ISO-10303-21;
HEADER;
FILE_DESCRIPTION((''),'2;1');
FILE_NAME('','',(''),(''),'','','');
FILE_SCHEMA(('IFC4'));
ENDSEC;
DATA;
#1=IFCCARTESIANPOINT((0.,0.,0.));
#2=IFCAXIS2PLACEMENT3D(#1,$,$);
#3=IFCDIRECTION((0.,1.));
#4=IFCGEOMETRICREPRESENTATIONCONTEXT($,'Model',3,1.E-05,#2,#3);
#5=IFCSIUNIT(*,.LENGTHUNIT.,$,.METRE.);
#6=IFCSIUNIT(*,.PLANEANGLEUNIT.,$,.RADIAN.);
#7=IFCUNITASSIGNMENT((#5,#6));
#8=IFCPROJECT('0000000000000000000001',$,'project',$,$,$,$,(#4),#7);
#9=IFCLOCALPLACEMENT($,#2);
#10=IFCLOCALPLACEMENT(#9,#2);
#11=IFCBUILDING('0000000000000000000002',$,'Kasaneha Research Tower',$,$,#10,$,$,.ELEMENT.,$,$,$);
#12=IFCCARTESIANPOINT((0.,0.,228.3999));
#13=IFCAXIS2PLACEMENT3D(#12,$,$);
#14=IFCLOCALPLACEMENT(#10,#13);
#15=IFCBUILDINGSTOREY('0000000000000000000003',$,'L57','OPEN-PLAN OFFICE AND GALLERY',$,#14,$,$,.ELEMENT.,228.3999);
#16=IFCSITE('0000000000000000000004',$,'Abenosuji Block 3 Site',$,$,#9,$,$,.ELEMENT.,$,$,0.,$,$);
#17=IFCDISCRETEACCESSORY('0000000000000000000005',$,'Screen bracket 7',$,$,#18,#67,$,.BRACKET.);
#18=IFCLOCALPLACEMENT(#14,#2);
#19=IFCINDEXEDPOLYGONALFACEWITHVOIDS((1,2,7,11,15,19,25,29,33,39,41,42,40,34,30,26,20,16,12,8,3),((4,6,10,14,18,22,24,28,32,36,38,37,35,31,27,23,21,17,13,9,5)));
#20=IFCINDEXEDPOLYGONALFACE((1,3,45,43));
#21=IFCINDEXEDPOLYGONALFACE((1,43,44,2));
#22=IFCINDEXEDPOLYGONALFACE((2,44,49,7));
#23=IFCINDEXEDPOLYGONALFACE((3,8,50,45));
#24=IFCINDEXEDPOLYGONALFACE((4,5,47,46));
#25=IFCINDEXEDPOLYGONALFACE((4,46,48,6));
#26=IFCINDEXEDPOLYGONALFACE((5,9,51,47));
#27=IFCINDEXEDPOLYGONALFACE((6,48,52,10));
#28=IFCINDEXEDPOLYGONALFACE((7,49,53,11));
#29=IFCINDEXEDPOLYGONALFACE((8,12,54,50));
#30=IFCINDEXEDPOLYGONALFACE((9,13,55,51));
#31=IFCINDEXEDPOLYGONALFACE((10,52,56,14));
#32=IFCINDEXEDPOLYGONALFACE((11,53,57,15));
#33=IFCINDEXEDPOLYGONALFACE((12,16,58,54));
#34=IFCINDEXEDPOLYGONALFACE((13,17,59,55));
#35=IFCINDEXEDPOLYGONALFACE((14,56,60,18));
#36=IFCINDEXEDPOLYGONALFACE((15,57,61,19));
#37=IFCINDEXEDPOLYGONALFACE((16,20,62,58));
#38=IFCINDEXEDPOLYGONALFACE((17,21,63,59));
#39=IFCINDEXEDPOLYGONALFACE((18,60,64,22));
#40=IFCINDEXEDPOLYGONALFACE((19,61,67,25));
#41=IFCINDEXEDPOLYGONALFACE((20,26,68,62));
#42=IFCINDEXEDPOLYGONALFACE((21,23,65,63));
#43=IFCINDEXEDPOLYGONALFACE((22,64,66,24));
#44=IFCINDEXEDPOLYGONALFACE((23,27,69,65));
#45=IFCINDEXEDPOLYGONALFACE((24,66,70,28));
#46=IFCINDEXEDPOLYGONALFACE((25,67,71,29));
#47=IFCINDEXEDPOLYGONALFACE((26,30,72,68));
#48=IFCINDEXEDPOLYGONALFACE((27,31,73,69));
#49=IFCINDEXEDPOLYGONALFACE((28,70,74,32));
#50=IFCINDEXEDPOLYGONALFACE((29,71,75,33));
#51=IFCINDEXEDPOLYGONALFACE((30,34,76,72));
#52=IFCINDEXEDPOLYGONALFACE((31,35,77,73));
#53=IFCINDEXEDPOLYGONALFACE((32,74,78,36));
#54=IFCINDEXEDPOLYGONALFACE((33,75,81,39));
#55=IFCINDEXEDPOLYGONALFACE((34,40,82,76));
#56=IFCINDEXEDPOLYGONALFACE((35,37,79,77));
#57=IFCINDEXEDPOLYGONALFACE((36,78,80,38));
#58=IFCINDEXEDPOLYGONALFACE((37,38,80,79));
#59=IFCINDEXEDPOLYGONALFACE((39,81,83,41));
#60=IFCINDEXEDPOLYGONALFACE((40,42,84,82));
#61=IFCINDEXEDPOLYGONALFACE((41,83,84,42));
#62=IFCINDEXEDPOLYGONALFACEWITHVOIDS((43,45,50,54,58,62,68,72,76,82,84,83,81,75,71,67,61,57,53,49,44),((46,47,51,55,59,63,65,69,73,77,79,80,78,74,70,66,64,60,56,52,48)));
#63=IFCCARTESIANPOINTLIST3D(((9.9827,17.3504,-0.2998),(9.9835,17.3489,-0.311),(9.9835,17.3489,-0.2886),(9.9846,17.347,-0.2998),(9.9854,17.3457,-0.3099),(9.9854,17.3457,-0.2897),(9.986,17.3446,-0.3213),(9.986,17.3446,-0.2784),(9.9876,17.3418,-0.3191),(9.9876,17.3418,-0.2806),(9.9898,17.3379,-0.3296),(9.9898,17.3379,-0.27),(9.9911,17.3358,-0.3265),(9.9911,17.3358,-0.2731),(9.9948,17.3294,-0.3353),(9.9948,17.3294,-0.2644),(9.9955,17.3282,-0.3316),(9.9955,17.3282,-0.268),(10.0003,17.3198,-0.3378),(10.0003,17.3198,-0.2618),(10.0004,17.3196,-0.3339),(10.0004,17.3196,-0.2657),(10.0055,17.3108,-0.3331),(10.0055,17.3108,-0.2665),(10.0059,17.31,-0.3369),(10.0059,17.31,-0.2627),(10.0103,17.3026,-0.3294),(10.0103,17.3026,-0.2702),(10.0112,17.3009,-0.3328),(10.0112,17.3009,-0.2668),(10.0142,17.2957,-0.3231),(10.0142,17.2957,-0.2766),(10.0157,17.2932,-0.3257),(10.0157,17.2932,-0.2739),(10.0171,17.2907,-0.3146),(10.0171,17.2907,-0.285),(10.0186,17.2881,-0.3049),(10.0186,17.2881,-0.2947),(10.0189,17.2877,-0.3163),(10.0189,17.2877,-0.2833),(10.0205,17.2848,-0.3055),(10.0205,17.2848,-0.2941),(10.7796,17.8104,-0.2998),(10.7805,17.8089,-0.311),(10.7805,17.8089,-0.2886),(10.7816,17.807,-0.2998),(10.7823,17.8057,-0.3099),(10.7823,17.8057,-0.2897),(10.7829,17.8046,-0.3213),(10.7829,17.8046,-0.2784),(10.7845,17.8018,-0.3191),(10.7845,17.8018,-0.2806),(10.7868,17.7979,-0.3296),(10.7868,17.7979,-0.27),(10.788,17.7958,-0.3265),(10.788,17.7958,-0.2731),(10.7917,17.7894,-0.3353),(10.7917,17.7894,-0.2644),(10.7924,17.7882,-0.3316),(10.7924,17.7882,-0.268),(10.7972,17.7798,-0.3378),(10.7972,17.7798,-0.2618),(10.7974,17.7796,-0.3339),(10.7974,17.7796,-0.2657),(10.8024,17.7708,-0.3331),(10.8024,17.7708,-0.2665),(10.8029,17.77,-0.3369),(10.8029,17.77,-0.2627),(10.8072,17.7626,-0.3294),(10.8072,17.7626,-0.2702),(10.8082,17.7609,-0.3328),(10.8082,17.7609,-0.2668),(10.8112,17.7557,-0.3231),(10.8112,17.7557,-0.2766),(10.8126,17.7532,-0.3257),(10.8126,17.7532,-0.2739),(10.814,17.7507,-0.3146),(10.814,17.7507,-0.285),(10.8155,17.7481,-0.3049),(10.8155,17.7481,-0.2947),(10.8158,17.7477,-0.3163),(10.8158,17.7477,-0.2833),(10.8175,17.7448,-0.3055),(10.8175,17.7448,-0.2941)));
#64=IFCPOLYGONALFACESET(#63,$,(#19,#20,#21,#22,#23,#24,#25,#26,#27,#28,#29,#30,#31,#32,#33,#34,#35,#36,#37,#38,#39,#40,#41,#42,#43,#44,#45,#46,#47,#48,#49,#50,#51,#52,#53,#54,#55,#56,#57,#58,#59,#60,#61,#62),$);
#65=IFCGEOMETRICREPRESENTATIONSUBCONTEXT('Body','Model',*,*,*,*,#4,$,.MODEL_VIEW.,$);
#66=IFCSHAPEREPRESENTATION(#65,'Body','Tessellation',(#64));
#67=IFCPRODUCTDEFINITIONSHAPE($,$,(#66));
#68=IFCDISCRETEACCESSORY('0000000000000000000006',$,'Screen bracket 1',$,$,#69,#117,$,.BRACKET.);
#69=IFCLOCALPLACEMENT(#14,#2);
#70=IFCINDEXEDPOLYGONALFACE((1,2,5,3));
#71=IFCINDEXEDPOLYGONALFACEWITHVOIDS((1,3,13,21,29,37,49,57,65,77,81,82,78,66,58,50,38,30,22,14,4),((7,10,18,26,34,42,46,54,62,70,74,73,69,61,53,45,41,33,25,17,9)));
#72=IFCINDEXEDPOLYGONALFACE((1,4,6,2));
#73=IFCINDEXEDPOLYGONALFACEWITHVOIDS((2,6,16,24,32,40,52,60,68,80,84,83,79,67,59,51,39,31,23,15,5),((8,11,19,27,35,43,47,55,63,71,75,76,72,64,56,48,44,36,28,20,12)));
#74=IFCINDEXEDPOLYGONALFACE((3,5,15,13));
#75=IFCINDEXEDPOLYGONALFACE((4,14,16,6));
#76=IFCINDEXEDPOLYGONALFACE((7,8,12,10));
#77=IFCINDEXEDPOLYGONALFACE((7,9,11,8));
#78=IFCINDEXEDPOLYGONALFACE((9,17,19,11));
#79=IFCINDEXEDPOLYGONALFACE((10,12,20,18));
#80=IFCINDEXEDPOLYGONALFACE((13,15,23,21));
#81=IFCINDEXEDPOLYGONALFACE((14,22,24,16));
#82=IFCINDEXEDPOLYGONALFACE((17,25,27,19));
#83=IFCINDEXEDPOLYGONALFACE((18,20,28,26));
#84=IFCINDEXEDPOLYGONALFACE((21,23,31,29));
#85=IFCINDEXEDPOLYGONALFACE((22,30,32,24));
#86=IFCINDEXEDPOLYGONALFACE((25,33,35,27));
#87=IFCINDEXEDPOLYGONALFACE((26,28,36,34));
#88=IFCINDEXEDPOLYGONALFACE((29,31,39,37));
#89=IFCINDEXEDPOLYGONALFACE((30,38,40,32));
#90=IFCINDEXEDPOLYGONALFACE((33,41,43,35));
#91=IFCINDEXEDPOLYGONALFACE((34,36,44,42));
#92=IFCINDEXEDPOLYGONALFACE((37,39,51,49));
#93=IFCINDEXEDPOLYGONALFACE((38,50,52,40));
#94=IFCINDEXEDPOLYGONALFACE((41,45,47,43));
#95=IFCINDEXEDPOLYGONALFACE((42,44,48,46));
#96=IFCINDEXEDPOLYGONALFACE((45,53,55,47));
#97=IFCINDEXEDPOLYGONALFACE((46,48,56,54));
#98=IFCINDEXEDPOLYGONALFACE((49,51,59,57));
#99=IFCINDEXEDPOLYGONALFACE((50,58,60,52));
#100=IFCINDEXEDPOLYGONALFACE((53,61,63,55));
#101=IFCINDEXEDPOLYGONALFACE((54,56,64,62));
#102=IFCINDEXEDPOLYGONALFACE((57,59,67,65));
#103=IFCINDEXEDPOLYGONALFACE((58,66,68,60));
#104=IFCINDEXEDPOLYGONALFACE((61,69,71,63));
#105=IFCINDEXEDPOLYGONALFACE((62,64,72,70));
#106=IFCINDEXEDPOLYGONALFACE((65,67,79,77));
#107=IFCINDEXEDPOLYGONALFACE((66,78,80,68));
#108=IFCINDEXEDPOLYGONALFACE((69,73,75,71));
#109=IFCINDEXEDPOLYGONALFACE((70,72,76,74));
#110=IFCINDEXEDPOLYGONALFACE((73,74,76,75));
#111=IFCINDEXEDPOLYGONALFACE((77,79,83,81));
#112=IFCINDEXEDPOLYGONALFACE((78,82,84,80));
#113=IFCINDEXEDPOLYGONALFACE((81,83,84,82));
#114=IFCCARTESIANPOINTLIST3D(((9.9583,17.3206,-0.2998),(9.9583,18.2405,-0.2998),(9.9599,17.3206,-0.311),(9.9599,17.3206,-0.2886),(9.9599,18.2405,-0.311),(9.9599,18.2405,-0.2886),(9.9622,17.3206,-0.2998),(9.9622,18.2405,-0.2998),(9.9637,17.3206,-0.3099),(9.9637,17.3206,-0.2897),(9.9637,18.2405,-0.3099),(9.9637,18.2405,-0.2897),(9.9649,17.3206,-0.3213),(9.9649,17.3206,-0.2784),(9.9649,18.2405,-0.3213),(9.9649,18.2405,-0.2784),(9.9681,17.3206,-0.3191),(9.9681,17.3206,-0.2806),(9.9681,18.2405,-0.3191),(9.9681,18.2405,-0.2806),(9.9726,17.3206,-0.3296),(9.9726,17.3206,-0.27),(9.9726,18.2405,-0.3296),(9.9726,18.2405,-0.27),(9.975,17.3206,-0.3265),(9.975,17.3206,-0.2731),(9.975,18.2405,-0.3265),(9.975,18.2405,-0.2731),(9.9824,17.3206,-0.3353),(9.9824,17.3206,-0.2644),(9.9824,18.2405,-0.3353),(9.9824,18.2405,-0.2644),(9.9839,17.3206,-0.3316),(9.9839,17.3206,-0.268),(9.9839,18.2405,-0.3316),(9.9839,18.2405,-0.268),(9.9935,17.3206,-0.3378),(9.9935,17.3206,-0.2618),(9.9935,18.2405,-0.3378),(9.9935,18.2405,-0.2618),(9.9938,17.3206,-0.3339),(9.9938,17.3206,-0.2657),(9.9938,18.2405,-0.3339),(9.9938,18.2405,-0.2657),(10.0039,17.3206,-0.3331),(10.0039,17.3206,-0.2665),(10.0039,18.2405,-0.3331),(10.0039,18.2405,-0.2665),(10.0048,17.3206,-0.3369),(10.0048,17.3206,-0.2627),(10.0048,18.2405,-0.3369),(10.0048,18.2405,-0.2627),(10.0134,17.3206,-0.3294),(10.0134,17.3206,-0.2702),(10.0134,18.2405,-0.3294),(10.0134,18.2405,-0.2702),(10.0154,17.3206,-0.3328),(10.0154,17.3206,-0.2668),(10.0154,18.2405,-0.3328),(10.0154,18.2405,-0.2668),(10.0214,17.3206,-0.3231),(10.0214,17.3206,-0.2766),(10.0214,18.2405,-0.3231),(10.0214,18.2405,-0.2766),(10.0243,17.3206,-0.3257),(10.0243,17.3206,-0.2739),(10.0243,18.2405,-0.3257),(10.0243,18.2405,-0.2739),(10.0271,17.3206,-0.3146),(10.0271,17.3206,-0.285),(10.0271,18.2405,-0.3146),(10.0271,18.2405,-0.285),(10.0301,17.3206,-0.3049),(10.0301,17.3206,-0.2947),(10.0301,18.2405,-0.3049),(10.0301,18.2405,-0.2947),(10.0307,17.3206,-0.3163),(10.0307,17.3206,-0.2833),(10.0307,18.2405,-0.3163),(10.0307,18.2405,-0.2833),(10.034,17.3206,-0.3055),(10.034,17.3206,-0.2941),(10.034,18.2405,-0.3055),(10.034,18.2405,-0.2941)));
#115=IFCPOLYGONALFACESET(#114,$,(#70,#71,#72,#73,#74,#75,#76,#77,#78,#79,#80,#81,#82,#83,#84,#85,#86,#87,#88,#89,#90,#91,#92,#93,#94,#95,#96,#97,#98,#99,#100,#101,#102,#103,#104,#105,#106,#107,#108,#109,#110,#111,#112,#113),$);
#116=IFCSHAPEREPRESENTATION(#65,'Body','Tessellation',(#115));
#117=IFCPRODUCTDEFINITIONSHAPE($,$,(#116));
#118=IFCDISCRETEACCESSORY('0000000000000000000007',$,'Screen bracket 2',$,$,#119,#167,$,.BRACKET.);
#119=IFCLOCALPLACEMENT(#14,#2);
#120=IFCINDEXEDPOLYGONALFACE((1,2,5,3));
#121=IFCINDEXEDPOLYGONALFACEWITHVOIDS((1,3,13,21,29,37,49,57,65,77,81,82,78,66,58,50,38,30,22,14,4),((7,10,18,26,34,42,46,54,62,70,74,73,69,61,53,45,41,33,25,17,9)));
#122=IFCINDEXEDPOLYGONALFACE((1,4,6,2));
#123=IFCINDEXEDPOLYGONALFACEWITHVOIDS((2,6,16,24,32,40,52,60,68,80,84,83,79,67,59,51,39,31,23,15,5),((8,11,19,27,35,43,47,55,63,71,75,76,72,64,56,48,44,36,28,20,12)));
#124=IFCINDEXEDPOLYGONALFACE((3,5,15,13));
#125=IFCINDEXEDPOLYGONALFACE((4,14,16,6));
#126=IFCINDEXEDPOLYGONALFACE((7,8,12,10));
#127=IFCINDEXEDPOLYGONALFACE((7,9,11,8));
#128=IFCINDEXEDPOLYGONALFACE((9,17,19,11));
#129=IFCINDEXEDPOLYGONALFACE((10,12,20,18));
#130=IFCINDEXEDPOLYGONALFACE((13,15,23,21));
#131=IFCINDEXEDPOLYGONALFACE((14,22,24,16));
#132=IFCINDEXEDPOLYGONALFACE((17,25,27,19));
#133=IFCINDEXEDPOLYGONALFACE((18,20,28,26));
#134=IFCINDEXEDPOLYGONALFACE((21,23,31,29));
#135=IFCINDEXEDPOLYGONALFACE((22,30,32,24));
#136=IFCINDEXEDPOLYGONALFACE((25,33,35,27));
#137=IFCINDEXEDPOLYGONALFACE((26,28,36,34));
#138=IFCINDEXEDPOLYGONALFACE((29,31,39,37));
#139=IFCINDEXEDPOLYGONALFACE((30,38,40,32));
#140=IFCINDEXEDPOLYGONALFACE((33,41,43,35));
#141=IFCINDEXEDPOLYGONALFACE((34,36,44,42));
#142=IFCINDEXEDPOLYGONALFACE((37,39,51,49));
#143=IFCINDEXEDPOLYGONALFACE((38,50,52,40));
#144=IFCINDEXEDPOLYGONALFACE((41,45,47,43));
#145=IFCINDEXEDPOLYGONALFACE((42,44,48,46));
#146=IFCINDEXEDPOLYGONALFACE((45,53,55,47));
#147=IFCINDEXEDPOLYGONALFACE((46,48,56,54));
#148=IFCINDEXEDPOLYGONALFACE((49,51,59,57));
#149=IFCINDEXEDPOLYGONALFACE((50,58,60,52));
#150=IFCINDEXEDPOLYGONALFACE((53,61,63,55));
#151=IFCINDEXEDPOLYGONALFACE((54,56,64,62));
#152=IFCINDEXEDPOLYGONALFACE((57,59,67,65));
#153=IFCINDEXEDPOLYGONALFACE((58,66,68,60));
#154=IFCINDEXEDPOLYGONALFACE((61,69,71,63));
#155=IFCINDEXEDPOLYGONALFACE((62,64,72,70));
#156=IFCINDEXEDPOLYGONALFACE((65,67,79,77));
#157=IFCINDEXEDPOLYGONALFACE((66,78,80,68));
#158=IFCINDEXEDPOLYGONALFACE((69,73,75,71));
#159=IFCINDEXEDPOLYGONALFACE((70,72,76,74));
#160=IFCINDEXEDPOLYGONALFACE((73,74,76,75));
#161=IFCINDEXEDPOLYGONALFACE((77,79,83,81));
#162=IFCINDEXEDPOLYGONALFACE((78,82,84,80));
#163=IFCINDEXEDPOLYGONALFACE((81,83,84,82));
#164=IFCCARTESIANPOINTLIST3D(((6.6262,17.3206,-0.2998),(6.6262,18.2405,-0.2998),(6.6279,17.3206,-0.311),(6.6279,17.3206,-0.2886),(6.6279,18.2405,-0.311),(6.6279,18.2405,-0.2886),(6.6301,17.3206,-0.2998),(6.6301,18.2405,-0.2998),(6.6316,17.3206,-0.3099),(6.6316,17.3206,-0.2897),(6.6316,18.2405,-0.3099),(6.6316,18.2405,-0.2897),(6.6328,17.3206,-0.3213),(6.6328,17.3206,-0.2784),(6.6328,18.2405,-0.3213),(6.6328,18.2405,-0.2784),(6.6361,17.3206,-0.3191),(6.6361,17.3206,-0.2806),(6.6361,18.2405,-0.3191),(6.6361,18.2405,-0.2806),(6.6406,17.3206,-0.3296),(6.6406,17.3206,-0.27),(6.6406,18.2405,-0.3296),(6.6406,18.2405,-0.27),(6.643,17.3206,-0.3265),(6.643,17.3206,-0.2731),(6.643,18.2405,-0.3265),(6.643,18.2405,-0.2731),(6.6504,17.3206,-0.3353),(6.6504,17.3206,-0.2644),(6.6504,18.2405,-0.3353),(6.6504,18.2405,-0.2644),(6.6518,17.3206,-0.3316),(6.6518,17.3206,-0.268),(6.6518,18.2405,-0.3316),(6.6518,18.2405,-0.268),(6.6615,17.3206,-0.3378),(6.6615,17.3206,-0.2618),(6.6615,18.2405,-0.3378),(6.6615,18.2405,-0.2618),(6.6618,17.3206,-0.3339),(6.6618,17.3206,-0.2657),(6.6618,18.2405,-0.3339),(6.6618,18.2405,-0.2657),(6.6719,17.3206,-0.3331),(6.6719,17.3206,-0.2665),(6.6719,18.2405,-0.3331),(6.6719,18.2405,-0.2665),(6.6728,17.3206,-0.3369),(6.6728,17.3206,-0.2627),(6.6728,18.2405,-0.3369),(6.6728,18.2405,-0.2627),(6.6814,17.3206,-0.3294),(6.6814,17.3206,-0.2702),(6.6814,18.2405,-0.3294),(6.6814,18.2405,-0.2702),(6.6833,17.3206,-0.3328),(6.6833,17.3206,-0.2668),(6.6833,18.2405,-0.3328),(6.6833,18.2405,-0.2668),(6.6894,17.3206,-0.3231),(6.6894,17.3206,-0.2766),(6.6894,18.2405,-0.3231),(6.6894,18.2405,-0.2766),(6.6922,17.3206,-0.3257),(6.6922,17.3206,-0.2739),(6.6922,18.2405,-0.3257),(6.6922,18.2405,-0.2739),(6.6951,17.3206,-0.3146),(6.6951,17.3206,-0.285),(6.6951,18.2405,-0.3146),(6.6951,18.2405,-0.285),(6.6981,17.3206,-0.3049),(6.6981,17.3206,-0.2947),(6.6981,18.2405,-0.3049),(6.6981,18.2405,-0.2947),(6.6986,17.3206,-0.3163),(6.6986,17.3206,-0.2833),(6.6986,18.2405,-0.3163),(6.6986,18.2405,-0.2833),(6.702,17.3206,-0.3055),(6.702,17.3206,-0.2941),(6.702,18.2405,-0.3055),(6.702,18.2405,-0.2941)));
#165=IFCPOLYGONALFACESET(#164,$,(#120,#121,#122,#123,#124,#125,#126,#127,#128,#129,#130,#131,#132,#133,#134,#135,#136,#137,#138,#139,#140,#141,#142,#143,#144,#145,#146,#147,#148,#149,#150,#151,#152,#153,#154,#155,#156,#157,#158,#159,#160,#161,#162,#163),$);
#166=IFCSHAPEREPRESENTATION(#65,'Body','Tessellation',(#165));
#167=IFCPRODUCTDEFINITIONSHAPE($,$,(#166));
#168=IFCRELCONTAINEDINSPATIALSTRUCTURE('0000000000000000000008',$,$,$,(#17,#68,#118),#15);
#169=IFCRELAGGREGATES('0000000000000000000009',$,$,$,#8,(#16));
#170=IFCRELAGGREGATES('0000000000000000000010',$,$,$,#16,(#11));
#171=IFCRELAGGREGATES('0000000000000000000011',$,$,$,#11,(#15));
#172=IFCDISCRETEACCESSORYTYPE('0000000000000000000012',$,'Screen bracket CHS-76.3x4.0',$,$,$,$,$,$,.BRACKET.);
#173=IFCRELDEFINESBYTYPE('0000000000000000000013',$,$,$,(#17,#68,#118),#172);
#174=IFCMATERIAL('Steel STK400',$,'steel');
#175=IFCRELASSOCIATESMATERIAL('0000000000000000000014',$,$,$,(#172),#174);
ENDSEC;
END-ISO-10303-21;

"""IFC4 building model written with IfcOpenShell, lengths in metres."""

from ifc_helpers import new_model, si_unit, direction, frame, origin, origin_2d, place, context, subcontext, project, spatial, hollow_circle, extrude, material, material_profile, profile_set, type_object, element, save


model = new_model("IFC4")

# Units and contexts
model_context = context("Model", 3, precision=1e-05, world=origin(), true_north=direction((0.0, 1.0)))
body_context = subcontext(model_context, "Body", "Model", "MODEL_VIEW")
ifc_project = project(units=[si_unit("LENGTHUNIT", "METRE"), si_unit("PLANEANGLEUNIT", "RADIAN")], contexts=[model_context])

# Site, building, storey
site_placement = place(None, origin())
site = spatial("IfcSite", under=ifc_project, at=site_placement, Name="Abenosuji Block 3 Site", CompositionType="ELEMENT", RefElevation=0.0)
building_placement = place(site_placement, origin())
building = spatial("IfcBuilding", under=site, at=building_placement, Name="Kasaneha Research Tower", CompositionType="ELEMENT")
storey_placement = place(building_placement, frame((0.0, 0.0, 228.3999)))
storey = spatial("IfcBuildingStorey", under=building, at=storey_placement, Name="L57", Description="OPEN-PLAN OFFICE AND GALLERY", CompositionType="ELEMENT", Elevation=228.3999)

# Discrete accessories
ifc_material_1 = material(Name="Steel STK400", Category="steel")
ifc_material_profile_1 = material_profile(ifc_material_1, hollow_circle(Radius=0.0381, WallThickness=0.0039, at=origin_2d()), Name="CHS-76.3x4.0")
ifc_profile_set_1 = profile_set([ifc_material_profile_1], Name="Steel STK400")
discrete_accessory_type = type_object("IfcDiscreteAccessoryType", Name="Screen bracket CHS-76.3x4.0", PredefinedType="BRACKET", material=ifc_profile_set_1)
for number, where, z_axis, x_axis, name in (
    (1, (10.0017, 17.3174, -0.2998), (0.86608, 0.499906, 0.0), (-0.499906, 0.86608, 0.0), "Screen bracket 7"),
):
    element("IfcDiscreteAccessory", number, at=place(storey_placement, frame(where, z_axis=z_axis, x_axis=x_axis)), inside=storey, type_object=discrete_accessory_type, Name=name, PredefinedType="BRACKET", context=body_context, shape_type="SweptSolid", body=[
        extrude(hollow_circle(Radius=0.0381, WallThickness=0.0039, at=origin_2d()), origin(), (0.0, 0.0, 1.0), 0.9202),
    ])
for number, where, z_axis, x_axis, name in (
    (2, (9.9963, 17.3206, -0.2998), (0.0, 1.0, 0.0), (-1.0, 0.0, 0.0), "Screen bracket 1"),
    (3, (6.6643, 17.3206, -0.2998), (0.0, 1.0, 0.0), (-1.0, 0.0, 0.0), "Screen bracket 2"),
):
    element("IfcDiscreteAccessory", number, at=place(storey_placement, frame(where, z_axis=z_axis, x_axis=x_axis)), inside=storey, type_object=discrete_accessory_type, Name=name, PredefinedType="BRACKET", context=body_context, shape_type="SweptSolid", body=[
        extrude(hollow_circle(Radius=0.0381, WallThickness=0.0039, at=origin_2d()), origin(), (0.0, 0.0, 1.0), 0.9199),
    ])

save(model, "model.ifc")
